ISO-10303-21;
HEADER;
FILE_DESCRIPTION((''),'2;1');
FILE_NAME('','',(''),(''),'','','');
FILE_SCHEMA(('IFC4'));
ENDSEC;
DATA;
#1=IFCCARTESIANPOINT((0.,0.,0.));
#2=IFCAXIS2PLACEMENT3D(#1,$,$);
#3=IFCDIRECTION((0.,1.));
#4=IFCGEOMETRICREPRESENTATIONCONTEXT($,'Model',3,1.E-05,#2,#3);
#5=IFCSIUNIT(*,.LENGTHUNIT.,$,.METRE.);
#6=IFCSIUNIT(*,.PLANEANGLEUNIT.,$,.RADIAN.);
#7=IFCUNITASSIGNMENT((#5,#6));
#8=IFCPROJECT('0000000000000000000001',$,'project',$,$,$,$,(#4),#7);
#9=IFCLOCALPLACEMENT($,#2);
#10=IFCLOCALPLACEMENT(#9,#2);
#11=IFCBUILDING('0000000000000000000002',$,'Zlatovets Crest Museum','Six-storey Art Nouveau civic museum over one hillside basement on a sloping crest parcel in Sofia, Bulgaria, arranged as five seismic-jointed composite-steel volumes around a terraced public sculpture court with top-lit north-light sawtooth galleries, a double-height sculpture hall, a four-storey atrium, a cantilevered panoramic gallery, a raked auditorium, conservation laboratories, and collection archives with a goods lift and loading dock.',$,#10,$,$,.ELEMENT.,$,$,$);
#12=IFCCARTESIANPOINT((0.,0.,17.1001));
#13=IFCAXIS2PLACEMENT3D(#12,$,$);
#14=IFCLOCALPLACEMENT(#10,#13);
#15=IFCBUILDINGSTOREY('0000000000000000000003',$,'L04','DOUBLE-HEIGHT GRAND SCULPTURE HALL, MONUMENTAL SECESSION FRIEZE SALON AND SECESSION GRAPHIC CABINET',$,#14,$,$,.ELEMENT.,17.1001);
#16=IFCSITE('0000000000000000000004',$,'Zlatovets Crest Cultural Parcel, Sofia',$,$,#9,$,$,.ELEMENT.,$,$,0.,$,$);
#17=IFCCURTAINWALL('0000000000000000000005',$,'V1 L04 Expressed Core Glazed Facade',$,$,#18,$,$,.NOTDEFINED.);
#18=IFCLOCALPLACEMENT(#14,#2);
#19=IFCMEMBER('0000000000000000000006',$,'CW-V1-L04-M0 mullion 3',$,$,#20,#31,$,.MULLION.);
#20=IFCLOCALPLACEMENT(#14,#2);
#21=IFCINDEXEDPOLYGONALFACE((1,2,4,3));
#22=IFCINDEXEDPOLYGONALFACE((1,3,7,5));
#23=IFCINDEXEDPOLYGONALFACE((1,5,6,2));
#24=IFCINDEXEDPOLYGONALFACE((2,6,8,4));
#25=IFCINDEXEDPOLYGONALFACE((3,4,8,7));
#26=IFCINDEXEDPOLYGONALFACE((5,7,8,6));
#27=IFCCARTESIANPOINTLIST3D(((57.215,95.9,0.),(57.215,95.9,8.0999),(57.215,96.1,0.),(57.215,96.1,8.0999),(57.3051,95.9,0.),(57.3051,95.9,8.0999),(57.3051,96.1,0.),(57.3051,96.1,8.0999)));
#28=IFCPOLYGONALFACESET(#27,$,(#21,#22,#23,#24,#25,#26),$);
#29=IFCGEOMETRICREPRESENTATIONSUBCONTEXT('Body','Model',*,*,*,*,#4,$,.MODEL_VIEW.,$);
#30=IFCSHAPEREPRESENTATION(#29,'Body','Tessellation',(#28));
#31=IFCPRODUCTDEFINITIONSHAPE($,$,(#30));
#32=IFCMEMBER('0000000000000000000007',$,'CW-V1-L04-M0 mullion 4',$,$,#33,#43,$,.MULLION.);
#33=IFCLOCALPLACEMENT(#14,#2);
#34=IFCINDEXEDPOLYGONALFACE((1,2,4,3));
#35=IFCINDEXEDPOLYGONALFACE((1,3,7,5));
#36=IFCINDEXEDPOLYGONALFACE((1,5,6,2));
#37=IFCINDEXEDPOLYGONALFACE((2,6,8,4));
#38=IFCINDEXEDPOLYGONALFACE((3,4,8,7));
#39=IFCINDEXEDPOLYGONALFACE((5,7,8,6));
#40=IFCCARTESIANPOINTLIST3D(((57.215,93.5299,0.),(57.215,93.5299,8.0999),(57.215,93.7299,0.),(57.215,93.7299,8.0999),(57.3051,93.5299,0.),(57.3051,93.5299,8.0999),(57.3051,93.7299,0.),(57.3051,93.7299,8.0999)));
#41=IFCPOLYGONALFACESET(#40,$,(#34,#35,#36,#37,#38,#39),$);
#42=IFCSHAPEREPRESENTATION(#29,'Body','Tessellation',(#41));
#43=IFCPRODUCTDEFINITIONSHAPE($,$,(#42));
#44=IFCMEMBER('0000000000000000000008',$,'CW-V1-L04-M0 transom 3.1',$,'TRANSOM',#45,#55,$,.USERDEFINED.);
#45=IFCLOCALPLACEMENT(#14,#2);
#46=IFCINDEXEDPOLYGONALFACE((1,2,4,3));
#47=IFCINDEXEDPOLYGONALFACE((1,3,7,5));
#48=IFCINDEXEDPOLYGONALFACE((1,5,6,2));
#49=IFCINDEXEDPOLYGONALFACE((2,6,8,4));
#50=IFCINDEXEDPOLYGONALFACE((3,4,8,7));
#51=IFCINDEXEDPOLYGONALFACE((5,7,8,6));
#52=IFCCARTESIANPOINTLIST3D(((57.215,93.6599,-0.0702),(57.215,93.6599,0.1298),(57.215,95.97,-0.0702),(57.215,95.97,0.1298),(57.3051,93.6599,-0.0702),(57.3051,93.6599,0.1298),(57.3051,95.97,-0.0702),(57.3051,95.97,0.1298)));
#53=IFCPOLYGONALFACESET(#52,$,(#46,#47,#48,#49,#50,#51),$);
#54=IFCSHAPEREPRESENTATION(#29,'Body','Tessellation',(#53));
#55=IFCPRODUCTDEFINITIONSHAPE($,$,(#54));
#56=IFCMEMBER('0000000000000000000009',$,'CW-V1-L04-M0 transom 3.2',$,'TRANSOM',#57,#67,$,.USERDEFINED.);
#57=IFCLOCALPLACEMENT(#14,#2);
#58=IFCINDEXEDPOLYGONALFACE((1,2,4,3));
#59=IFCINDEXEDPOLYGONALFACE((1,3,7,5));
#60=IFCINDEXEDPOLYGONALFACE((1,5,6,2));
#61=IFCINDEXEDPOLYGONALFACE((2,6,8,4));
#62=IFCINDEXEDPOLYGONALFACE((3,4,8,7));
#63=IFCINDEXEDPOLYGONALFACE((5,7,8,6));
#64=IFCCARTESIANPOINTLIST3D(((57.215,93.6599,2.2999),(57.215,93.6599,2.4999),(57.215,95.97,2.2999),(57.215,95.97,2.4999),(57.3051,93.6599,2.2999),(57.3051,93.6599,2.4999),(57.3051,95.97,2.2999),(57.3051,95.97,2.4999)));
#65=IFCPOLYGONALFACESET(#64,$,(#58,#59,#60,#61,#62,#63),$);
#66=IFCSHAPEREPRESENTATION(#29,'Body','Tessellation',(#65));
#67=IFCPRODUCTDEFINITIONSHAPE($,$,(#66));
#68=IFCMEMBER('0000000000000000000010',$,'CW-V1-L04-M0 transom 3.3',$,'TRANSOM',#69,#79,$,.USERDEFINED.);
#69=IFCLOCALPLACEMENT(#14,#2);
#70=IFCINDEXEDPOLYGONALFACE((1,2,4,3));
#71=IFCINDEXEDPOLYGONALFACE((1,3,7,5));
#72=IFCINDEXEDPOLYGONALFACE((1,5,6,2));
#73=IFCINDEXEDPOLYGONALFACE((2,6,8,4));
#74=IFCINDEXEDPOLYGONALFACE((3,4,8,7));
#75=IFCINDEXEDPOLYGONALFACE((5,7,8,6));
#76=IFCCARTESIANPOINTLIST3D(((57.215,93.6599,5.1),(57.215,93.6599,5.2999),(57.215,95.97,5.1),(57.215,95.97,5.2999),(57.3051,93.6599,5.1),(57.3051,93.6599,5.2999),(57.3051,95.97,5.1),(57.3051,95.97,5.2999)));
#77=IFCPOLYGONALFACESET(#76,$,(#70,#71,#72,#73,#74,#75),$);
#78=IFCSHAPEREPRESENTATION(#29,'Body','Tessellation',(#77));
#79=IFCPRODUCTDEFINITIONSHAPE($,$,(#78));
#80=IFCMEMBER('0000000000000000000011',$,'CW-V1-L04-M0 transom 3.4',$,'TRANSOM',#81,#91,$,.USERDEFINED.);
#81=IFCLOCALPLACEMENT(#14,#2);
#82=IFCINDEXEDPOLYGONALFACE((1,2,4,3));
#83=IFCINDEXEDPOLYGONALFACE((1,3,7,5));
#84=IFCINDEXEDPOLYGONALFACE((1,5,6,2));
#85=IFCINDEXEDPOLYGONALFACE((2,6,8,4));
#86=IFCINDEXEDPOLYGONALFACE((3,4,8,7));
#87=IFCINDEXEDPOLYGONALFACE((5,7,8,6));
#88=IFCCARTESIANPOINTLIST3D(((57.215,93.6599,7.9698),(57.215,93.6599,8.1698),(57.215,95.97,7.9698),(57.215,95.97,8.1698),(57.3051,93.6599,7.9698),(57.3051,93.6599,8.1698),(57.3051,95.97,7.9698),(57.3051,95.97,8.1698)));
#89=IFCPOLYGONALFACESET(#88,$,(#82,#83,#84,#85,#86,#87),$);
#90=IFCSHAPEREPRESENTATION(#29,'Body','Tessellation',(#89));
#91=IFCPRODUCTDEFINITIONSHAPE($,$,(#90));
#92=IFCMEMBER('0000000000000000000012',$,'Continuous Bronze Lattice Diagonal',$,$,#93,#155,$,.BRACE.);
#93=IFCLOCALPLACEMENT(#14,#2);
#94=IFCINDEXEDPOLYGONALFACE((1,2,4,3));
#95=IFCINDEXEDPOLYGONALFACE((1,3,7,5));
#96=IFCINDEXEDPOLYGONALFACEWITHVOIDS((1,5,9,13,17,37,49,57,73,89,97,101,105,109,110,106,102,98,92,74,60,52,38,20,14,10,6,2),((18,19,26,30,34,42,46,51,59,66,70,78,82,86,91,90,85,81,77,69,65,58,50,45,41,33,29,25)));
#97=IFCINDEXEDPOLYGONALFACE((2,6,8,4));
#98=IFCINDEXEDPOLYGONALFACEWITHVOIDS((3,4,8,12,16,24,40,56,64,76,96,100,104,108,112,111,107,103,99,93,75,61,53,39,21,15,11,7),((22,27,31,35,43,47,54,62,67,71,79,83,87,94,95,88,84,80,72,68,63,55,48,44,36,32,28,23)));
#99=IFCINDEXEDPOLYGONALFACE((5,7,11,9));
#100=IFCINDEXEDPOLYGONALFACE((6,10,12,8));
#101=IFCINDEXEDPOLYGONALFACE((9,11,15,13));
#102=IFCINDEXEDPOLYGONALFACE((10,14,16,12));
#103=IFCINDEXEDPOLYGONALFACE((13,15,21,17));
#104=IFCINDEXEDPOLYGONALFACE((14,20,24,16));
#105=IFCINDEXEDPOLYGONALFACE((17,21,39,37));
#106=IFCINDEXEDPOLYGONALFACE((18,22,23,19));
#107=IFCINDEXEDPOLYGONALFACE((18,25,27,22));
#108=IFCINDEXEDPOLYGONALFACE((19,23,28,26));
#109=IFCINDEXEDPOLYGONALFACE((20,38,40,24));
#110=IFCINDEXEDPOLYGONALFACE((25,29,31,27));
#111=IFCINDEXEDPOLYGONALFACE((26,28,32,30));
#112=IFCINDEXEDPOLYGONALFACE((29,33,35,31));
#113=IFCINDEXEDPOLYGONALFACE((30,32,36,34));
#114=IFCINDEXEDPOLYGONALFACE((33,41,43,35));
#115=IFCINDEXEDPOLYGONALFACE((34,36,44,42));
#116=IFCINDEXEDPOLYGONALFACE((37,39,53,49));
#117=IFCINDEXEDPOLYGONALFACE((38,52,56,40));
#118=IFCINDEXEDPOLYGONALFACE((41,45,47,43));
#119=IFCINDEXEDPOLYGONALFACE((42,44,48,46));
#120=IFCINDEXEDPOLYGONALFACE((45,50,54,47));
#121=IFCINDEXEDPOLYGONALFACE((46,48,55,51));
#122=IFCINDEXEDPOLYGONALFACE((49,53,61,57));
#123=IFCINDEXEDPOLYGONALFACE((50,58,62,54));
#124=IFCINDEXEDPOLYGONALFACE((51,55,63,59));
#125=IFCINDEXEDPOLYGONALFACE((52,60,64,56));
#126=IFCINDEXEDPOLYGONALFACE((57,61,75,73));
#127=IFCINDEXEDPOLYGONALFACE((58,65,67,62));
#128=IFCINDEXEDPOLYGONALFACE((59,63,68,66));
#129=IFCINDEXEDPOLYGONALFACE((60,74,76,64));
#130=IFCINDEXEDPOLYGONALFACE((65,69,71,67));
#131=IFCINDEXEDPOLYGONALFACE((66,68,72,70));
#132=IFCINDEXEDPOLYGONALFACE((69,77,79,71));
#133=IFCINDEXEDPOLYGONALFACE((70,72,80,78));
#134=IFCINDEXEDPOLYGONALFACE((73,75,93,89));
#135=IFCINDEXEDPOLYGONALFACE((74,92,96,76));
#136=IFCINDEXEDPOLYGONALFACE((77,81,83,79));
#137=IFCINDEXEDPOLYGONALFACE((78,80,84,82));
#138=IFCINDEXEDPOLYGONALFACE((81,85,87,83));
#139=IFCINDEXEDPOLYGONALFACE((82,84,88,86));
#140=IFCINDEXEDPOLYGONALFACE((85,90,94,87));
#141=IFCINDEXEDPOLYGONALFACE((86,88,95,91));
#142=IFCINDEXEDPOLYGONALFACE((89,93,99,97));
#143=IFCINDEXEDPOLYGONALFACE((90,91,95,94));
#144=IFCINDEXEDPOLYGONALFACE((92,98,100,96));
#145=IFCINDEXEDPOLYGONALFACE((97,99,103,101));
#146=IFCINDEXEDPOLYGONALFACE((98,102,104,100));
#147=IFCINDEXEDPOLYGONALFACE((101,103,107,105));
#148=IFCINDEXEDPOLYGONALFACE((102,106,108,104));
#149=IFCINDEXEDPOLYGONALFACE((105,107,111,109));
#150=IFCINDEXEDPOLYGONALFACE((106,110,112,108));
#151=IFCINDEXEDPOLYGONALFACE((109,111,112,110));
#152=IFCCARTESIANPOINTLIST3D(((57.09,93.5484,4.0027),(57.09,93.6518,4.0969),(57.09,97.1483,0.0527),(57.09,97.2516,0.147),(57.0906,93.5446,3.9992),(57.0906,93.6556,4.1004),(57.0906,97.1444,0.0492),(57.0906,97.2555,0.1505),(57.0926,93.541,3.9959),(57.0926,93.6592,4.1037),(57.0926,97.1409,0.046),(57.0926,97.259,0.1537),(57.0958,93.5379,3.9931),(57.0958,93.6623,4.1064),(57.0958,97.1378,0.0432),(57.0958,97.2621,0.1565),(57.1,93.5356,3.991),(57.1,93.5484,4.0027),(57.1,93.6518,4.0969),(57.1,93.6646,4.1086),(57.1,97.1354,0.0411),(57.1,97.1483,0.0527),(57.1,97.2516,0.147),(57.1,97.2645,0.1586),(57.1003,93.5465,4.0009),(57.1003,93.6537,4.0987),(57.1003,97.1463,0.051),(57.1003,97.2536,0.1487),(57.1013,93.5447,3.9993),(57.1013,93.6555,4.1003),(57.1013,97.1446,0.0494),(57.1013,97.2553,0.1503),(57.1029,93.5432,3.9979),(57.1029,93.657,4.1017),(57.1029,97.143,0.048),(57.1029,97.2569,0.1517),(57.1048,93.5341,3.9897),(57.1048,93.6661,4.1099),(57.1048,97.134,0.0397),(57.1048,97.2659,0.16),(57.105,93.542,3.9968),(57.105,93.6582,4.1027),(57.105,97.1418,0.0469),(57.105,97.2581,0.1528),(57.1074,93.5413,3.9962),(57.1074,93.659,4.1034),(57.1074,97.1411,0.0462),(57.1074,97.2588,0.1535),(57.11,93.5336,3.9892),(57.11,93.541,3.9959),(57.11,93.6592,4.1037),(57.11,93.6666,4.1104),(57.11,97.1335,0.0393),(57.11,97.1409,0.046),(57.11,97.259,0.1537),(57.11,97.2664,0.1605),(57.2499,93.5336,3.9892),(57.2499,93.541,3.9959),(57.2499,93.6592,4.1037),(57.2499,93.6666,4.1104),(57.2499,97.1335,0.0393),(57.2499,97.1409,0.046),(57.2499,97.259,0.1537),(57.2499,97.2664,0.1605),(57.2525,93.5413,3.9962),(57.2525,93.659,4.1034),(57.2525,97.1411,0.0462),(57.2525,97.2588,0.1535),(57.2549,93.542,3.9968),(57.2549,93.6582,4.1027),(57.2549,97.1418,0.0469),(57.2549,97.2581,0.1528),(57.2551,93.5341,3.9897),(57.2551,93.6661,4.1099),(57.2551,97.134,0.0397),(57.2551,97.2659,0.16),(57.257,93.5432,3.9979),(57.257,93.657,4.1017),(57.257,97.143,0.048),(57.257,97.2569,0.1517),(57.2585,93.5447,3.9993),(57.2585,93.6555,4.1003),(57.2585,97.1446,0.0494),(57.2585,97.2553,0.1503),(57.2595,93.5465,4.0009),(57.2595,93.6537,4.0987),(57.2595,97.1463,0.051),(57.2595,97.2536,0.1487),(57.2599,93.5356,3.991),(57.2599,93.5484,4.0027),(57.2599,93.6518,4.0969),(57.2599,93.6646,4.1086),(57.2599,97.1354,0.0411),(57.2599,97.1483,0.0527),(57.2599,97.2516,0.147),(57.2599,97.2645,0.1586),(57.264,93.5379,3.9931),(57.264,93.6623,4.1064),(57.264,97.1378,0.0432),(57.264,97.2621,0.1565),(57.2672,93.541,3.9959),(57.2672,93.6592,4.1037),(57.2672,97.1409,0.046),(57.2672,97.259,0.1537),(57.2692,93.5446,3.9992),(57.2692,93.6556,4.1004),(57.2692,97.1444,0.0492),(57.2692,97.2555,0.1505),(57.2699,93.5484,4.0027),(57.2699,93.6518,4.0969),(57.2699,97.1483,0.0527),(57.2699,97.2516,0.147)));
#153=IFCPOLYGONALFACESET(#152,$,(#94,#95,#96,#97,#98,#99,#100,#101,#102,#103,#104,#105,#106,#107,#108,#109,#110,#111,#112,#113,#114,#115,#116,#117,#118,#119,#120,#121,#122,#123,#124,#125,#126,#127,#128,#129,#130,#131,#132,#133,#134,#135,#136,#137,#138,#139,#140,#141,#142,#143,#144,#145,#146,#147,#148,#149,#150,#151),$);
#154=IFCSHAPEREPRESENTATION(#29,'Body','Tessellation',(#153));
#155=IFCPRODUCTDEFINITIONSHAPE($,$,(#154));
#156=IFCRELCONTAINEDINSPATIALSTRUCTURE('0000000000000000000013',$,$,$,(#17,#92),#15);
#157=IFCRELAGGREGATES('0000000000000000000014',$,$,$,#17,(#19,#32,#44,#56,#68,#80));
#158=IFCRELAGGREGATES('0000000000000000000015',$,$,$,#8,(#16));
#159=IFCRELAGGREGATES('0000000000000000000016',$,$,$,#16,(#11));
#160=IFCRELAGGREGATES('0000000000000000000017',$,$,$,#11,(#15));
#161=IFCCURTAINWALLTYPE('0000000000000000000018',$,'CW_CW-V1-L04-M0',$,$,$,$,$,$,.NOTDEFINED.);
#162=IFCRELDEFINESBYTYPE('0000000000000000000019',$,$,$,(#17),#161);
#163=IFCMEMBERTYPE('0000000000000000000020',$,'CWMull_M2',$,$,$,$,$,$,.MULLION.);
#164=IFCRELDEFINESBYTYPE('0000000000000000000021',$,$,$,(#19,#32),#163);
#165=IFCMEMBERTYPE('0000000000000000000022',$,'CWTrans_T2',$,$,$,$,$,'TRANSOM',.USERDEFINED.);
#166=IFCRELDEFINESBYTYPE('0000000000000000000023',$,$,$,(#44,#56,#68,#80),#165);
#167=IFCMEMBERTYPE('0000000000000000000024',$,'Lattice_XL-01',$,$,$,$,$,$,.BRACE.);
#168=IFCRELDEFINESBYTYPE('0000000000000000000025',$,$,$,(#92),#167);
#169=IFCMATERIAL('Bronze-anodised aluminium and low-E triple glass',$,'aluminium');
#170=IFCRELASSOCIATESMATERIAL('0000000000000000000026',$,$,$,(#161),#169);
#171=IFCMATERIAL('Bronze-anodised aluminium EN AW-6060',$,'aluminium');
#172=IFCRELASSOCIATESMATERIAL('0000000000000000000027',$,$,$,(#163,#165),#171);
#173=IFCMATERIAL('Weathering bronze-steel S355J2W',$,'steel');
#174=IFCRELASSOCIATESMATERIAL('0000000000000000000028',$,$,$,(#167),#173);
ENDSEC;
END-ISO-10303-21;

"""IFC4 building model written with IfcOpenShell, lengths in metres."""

from ifc_helpers import new_model, si_unit, direction, frame, origin, origin_2d, place, context, subcontext, project, spatial, rectangle, hollow_rectangle, extrude, material, material_profile, profile_set, type_object, element, aggregate, save


model = new_model("IFC4")

# Units and contexts
model_context = context("Model", 3, precision=1e-05, world=origin(), true_north=direction((0.0, 1.0)))
body_context = subcontext(model_context, "Body", "Model", "MODEL_VIEW")
ifc_project = project(units=[si_unit("LENGTHUNIT", "METRE"), si_unit("PLANEANGLEUNIT", "RADIAN")], contexts=[model_context])

# Site, building, storey
site_placement = place(None, origin())
site = spatial("IfcSite", under=ifc_project, at=site_placement, Name="Zlatovets Crest Cultural Parcel, Sofia", CompositionType="ELEMENT", RefElevation=0.0)
building_placement = place(site_placement, origin())
building = spatial("IfcBuilding", under=site, at=building_placement, Name="Zlatovets Crest Museum", Description="Six-storey Art Nouveau civic museum over one hillside basement on a sloping crest parcel in Sofia, Bulgaria, arranged as five seismic-jointed composite-steel volumes around a terraced public sculpture court with top-lit north-light sawtooth galleries, a double-height sculpture hall, a four-storey atrium, a cantilevered panoramic gallery, a raked auditorium, conservation laboratories, and collection archives with a goods lift and loading dock.", CompositionType="ELEMENT")
storey_placement = place(building_placement, frame((0.0, 0.0, 17.1001)))
storey = spatial("IfcBuildingStorey", under=building, at=storey_placement, Name="L04", Description="DOUBLE-HEIGHT GRAND SCULPTURE HALL, MONUMENTAL SECESSION FRIEZE SALON AND SECESSION GRAPHIC CABINET", CompositionType="ELEMENT", Elevation=17.1001)

# Curtain wall, members
ifc_material_1 = material(Name="Bronze-anodised aluminium and low-E triple glass", Category="aluminium")
curtain_wall_type = type_object("IfcCurtainWallType", Name="CW_CW-V1-L04-M0", PredefinedType="NOTDEFINED", material=ifc_material_1)
curtain_wall_placement = place(storey_placement, origin())
curtain_wall = element("IfcCurtainWall", 1, at=curtain_wall_placement, inside=storey, type_object=curtain_wall_type, Name="V1 L04 Expressed Core Glazed Facade", PredefinedType="NOTDEFINED")
ifc_material_2 = material(Name="Bronze-anodised aluminium EN AW-6060", Category="aluminium")
ifc_material_profile_1 = material_profile(ifc_material_2, rectangle(XDim=0.0901, YDim=0.2, at=origin_2d()), Name="ALU 90x200")
ifc_profile_set_1 = profile_set([ifc_material_profile_1], Name="Bronze-anodised aluminium EN AW-6060")
member_type_1 = type_object("IfcMemberType", Name="CWMull_M2", PredefinedType="MULLION", material=ifc_profile_set_1)
member_1_placement = place(storey_placement, frame((57.26, 96.0, 0.0), z_axis=(0.0, 0.0, 1.0), x_axis=(1.0, 0.0, 0.0)))
member_1 = element("IfcMember", 2, at=member_1_placement, type_object=member_type_1, Name="CW-V1-L04-M0 mullion 3", PredefinedType="MULLION", context=body_context, shape_type="SweptSolid", body=[
    extrude(rectangle(XDim=0.0901, YDim=0.2, at=origin_2d()), origin(), (0.0, 0.0, 1.0), 8.0999),
])
member_2_placement = place(storey_placement, frame((57.26, 93.6299, 0.0), z_axis=(0.0, 0.0, 1.0), x_axis=(1.0, 0.0, 0.0)))
member_2 = element("IfcMember", 3, at=member_2_placement, type_object=member_type_1, Name="CW-V1-L04-M0 mullion 4", PredefinedType="MULLION", context=body_context, shape_type="SweptSolid", body=[
    extrude(rectangle(XDim=0.0901, YDim=0.2, at=origin_2d()), origin(), (0.0, 0.0, 1.0), 8.0999),
])
ifc_material_profile_2 = material_profile(ifc_material_2, rectangle(XDim=0.0901, YDim=0.2, at=origin_2d()), Name="ALU 90x200")
ifc_profile_set_2 = profile_set([ifc_material_profile_2], Name="Bronze-anodised aluminium EN AW-6060")
member_type_2 = type_object("IfcMemberType", Name="CWTrans_T2", ElementType="TRANSOM", PredefinedType="USERDEFINED", material=ifc_profile_set_2)
member_3_placement = place(storey_placement, frame((57.26, 95.97, 0.0298), z_axis=(0.0, -1.0, 0.0), x_axis=(1.0, 0.0, 0.0)))
member_3 = element("IfcMember", 4, at=member_3_placement, type_object=member_type_2, Name="CW-V1-L04-M0 transom 3.1", ObjectType="TRANSOM", PredefinedType="USERDEFINED", context=body_context, shape_type="SweptSolid", body=[
    extrude(rectangle(XDim=0.0901, YDim=0.2, at=origin_2d()), origin(), (0.0, 0.0, 1.0), 2.3101),
])
member_4_placement = place(storey_placement, frame((57.26, 95.97, 2.3999), z_axis=(0.0, -1.0, 0.0), x_axis=(1.0, 0.0, 0.0)))
member_4 = element("IfcMember", 5, at=member_4_placement, type_object=member_type_2, Name="CW-V1-L04-M0 transom 3.2", ObjectType="TRANSOM", PredefinedType="USERDEFINED", context=body_context, shape_type="SweptSolid", body=[
    extrude(rectangle(XDim=0.0901, YDim=0.2, at=origin_2d()), origin(), (0.0, 0.0, 1.0), 2.3101),
])
member_5_placement = place(storey_placement, frame((57.26, 95.97, 5.2), z_axis=(0.0, -1.0, 0.0), x_axis=(1.0, 0.0, 0.0)))
member_5 = element("IfcMember", 6, at=member_5_placement, type_object=member_type_2, Name="CW-V1-L04-M0 transom 3.3", ObjectType="TRANSOM", PredefinedType="USERDEFINED", context=body_context, shape_type="SweptSolid", body=[
    extrude(rectangle(XDim=0.0901, YDim=0.2, at=origin_2d()), origin(), (0.0, 0.0, 1.0), 2.3101),
])
member_6_placement = place(storey_placement, frame((57.26, 95.97, 8.0698), z_axis=(0.0, -1.0, 0.0), x_axis=(1.0, 0.0, 0.0)))
member_6 = element("IfcMember", 7, at=member_6_placement, type_object=member_type_2, Name="CW-V1-L04-M0 transom 3.4", ObjectType="TRANSOM", PredefinedType="USERDEFINED", context=body_context, shape_type="SweptSolid", body=[
    extrude(rectangle(XDim=0.0901, YDim=0.2, at=origin_2d()), origin(), (0.0, 0.0, 1.0), 2.3101),
])

# Member
ifc_material_3 = material(Name="Weathering bronze-steel S355J2W", Category="steel")
ifc_material_profile_3 = material_profile(ifc_material_3, hollow_rectangle(XDim=0.1799, YDim=0.1799, WallThickness=0.01, InnerFilletRadius=0.01, OuterFilletRadius=0.02, at=origin_2d()), Name="SHS 180x180x10.0")
ifc_profile_set_3 = profile_set([ifc_material_profile_3], Name="Weathering bronze-steel S355J2W")
member_type_3 = type_object("IfcMemberType", Name="Lattice_XL-01", PredefinedType="BRACE", material=ifc_profile_set_3)
member_7_placement = place(storey_placement, frame((57.1799, 97.2, 0.0999), z_axis=(0.0, -0.673593, 0.739102), x_axis=(1.0, 0.0, 0.0)))
element("IfcMember", 8, at=member_7_placement, inside=storey, type_object=member_type_3, Name="Continuous Bronze Lattice Diagonal", PredefinedType="BRACE", context=body_context, shape_type="SweptSolid", body=[
    extrude(hollow_rectangle(XDim=0.1799, YDim=0.1799, WallThickness=0.01, InnerFilletRadius=0.01, OuterFilletRadius=0.02, at=origin_2d()), origin(), (0.0, 0.0, 1.0), 5.3442),
])

aggregate(curtain_wall, [member_1, member_2, member_3, member_4, member_5, member_6])

save(model, "model.ifc")
